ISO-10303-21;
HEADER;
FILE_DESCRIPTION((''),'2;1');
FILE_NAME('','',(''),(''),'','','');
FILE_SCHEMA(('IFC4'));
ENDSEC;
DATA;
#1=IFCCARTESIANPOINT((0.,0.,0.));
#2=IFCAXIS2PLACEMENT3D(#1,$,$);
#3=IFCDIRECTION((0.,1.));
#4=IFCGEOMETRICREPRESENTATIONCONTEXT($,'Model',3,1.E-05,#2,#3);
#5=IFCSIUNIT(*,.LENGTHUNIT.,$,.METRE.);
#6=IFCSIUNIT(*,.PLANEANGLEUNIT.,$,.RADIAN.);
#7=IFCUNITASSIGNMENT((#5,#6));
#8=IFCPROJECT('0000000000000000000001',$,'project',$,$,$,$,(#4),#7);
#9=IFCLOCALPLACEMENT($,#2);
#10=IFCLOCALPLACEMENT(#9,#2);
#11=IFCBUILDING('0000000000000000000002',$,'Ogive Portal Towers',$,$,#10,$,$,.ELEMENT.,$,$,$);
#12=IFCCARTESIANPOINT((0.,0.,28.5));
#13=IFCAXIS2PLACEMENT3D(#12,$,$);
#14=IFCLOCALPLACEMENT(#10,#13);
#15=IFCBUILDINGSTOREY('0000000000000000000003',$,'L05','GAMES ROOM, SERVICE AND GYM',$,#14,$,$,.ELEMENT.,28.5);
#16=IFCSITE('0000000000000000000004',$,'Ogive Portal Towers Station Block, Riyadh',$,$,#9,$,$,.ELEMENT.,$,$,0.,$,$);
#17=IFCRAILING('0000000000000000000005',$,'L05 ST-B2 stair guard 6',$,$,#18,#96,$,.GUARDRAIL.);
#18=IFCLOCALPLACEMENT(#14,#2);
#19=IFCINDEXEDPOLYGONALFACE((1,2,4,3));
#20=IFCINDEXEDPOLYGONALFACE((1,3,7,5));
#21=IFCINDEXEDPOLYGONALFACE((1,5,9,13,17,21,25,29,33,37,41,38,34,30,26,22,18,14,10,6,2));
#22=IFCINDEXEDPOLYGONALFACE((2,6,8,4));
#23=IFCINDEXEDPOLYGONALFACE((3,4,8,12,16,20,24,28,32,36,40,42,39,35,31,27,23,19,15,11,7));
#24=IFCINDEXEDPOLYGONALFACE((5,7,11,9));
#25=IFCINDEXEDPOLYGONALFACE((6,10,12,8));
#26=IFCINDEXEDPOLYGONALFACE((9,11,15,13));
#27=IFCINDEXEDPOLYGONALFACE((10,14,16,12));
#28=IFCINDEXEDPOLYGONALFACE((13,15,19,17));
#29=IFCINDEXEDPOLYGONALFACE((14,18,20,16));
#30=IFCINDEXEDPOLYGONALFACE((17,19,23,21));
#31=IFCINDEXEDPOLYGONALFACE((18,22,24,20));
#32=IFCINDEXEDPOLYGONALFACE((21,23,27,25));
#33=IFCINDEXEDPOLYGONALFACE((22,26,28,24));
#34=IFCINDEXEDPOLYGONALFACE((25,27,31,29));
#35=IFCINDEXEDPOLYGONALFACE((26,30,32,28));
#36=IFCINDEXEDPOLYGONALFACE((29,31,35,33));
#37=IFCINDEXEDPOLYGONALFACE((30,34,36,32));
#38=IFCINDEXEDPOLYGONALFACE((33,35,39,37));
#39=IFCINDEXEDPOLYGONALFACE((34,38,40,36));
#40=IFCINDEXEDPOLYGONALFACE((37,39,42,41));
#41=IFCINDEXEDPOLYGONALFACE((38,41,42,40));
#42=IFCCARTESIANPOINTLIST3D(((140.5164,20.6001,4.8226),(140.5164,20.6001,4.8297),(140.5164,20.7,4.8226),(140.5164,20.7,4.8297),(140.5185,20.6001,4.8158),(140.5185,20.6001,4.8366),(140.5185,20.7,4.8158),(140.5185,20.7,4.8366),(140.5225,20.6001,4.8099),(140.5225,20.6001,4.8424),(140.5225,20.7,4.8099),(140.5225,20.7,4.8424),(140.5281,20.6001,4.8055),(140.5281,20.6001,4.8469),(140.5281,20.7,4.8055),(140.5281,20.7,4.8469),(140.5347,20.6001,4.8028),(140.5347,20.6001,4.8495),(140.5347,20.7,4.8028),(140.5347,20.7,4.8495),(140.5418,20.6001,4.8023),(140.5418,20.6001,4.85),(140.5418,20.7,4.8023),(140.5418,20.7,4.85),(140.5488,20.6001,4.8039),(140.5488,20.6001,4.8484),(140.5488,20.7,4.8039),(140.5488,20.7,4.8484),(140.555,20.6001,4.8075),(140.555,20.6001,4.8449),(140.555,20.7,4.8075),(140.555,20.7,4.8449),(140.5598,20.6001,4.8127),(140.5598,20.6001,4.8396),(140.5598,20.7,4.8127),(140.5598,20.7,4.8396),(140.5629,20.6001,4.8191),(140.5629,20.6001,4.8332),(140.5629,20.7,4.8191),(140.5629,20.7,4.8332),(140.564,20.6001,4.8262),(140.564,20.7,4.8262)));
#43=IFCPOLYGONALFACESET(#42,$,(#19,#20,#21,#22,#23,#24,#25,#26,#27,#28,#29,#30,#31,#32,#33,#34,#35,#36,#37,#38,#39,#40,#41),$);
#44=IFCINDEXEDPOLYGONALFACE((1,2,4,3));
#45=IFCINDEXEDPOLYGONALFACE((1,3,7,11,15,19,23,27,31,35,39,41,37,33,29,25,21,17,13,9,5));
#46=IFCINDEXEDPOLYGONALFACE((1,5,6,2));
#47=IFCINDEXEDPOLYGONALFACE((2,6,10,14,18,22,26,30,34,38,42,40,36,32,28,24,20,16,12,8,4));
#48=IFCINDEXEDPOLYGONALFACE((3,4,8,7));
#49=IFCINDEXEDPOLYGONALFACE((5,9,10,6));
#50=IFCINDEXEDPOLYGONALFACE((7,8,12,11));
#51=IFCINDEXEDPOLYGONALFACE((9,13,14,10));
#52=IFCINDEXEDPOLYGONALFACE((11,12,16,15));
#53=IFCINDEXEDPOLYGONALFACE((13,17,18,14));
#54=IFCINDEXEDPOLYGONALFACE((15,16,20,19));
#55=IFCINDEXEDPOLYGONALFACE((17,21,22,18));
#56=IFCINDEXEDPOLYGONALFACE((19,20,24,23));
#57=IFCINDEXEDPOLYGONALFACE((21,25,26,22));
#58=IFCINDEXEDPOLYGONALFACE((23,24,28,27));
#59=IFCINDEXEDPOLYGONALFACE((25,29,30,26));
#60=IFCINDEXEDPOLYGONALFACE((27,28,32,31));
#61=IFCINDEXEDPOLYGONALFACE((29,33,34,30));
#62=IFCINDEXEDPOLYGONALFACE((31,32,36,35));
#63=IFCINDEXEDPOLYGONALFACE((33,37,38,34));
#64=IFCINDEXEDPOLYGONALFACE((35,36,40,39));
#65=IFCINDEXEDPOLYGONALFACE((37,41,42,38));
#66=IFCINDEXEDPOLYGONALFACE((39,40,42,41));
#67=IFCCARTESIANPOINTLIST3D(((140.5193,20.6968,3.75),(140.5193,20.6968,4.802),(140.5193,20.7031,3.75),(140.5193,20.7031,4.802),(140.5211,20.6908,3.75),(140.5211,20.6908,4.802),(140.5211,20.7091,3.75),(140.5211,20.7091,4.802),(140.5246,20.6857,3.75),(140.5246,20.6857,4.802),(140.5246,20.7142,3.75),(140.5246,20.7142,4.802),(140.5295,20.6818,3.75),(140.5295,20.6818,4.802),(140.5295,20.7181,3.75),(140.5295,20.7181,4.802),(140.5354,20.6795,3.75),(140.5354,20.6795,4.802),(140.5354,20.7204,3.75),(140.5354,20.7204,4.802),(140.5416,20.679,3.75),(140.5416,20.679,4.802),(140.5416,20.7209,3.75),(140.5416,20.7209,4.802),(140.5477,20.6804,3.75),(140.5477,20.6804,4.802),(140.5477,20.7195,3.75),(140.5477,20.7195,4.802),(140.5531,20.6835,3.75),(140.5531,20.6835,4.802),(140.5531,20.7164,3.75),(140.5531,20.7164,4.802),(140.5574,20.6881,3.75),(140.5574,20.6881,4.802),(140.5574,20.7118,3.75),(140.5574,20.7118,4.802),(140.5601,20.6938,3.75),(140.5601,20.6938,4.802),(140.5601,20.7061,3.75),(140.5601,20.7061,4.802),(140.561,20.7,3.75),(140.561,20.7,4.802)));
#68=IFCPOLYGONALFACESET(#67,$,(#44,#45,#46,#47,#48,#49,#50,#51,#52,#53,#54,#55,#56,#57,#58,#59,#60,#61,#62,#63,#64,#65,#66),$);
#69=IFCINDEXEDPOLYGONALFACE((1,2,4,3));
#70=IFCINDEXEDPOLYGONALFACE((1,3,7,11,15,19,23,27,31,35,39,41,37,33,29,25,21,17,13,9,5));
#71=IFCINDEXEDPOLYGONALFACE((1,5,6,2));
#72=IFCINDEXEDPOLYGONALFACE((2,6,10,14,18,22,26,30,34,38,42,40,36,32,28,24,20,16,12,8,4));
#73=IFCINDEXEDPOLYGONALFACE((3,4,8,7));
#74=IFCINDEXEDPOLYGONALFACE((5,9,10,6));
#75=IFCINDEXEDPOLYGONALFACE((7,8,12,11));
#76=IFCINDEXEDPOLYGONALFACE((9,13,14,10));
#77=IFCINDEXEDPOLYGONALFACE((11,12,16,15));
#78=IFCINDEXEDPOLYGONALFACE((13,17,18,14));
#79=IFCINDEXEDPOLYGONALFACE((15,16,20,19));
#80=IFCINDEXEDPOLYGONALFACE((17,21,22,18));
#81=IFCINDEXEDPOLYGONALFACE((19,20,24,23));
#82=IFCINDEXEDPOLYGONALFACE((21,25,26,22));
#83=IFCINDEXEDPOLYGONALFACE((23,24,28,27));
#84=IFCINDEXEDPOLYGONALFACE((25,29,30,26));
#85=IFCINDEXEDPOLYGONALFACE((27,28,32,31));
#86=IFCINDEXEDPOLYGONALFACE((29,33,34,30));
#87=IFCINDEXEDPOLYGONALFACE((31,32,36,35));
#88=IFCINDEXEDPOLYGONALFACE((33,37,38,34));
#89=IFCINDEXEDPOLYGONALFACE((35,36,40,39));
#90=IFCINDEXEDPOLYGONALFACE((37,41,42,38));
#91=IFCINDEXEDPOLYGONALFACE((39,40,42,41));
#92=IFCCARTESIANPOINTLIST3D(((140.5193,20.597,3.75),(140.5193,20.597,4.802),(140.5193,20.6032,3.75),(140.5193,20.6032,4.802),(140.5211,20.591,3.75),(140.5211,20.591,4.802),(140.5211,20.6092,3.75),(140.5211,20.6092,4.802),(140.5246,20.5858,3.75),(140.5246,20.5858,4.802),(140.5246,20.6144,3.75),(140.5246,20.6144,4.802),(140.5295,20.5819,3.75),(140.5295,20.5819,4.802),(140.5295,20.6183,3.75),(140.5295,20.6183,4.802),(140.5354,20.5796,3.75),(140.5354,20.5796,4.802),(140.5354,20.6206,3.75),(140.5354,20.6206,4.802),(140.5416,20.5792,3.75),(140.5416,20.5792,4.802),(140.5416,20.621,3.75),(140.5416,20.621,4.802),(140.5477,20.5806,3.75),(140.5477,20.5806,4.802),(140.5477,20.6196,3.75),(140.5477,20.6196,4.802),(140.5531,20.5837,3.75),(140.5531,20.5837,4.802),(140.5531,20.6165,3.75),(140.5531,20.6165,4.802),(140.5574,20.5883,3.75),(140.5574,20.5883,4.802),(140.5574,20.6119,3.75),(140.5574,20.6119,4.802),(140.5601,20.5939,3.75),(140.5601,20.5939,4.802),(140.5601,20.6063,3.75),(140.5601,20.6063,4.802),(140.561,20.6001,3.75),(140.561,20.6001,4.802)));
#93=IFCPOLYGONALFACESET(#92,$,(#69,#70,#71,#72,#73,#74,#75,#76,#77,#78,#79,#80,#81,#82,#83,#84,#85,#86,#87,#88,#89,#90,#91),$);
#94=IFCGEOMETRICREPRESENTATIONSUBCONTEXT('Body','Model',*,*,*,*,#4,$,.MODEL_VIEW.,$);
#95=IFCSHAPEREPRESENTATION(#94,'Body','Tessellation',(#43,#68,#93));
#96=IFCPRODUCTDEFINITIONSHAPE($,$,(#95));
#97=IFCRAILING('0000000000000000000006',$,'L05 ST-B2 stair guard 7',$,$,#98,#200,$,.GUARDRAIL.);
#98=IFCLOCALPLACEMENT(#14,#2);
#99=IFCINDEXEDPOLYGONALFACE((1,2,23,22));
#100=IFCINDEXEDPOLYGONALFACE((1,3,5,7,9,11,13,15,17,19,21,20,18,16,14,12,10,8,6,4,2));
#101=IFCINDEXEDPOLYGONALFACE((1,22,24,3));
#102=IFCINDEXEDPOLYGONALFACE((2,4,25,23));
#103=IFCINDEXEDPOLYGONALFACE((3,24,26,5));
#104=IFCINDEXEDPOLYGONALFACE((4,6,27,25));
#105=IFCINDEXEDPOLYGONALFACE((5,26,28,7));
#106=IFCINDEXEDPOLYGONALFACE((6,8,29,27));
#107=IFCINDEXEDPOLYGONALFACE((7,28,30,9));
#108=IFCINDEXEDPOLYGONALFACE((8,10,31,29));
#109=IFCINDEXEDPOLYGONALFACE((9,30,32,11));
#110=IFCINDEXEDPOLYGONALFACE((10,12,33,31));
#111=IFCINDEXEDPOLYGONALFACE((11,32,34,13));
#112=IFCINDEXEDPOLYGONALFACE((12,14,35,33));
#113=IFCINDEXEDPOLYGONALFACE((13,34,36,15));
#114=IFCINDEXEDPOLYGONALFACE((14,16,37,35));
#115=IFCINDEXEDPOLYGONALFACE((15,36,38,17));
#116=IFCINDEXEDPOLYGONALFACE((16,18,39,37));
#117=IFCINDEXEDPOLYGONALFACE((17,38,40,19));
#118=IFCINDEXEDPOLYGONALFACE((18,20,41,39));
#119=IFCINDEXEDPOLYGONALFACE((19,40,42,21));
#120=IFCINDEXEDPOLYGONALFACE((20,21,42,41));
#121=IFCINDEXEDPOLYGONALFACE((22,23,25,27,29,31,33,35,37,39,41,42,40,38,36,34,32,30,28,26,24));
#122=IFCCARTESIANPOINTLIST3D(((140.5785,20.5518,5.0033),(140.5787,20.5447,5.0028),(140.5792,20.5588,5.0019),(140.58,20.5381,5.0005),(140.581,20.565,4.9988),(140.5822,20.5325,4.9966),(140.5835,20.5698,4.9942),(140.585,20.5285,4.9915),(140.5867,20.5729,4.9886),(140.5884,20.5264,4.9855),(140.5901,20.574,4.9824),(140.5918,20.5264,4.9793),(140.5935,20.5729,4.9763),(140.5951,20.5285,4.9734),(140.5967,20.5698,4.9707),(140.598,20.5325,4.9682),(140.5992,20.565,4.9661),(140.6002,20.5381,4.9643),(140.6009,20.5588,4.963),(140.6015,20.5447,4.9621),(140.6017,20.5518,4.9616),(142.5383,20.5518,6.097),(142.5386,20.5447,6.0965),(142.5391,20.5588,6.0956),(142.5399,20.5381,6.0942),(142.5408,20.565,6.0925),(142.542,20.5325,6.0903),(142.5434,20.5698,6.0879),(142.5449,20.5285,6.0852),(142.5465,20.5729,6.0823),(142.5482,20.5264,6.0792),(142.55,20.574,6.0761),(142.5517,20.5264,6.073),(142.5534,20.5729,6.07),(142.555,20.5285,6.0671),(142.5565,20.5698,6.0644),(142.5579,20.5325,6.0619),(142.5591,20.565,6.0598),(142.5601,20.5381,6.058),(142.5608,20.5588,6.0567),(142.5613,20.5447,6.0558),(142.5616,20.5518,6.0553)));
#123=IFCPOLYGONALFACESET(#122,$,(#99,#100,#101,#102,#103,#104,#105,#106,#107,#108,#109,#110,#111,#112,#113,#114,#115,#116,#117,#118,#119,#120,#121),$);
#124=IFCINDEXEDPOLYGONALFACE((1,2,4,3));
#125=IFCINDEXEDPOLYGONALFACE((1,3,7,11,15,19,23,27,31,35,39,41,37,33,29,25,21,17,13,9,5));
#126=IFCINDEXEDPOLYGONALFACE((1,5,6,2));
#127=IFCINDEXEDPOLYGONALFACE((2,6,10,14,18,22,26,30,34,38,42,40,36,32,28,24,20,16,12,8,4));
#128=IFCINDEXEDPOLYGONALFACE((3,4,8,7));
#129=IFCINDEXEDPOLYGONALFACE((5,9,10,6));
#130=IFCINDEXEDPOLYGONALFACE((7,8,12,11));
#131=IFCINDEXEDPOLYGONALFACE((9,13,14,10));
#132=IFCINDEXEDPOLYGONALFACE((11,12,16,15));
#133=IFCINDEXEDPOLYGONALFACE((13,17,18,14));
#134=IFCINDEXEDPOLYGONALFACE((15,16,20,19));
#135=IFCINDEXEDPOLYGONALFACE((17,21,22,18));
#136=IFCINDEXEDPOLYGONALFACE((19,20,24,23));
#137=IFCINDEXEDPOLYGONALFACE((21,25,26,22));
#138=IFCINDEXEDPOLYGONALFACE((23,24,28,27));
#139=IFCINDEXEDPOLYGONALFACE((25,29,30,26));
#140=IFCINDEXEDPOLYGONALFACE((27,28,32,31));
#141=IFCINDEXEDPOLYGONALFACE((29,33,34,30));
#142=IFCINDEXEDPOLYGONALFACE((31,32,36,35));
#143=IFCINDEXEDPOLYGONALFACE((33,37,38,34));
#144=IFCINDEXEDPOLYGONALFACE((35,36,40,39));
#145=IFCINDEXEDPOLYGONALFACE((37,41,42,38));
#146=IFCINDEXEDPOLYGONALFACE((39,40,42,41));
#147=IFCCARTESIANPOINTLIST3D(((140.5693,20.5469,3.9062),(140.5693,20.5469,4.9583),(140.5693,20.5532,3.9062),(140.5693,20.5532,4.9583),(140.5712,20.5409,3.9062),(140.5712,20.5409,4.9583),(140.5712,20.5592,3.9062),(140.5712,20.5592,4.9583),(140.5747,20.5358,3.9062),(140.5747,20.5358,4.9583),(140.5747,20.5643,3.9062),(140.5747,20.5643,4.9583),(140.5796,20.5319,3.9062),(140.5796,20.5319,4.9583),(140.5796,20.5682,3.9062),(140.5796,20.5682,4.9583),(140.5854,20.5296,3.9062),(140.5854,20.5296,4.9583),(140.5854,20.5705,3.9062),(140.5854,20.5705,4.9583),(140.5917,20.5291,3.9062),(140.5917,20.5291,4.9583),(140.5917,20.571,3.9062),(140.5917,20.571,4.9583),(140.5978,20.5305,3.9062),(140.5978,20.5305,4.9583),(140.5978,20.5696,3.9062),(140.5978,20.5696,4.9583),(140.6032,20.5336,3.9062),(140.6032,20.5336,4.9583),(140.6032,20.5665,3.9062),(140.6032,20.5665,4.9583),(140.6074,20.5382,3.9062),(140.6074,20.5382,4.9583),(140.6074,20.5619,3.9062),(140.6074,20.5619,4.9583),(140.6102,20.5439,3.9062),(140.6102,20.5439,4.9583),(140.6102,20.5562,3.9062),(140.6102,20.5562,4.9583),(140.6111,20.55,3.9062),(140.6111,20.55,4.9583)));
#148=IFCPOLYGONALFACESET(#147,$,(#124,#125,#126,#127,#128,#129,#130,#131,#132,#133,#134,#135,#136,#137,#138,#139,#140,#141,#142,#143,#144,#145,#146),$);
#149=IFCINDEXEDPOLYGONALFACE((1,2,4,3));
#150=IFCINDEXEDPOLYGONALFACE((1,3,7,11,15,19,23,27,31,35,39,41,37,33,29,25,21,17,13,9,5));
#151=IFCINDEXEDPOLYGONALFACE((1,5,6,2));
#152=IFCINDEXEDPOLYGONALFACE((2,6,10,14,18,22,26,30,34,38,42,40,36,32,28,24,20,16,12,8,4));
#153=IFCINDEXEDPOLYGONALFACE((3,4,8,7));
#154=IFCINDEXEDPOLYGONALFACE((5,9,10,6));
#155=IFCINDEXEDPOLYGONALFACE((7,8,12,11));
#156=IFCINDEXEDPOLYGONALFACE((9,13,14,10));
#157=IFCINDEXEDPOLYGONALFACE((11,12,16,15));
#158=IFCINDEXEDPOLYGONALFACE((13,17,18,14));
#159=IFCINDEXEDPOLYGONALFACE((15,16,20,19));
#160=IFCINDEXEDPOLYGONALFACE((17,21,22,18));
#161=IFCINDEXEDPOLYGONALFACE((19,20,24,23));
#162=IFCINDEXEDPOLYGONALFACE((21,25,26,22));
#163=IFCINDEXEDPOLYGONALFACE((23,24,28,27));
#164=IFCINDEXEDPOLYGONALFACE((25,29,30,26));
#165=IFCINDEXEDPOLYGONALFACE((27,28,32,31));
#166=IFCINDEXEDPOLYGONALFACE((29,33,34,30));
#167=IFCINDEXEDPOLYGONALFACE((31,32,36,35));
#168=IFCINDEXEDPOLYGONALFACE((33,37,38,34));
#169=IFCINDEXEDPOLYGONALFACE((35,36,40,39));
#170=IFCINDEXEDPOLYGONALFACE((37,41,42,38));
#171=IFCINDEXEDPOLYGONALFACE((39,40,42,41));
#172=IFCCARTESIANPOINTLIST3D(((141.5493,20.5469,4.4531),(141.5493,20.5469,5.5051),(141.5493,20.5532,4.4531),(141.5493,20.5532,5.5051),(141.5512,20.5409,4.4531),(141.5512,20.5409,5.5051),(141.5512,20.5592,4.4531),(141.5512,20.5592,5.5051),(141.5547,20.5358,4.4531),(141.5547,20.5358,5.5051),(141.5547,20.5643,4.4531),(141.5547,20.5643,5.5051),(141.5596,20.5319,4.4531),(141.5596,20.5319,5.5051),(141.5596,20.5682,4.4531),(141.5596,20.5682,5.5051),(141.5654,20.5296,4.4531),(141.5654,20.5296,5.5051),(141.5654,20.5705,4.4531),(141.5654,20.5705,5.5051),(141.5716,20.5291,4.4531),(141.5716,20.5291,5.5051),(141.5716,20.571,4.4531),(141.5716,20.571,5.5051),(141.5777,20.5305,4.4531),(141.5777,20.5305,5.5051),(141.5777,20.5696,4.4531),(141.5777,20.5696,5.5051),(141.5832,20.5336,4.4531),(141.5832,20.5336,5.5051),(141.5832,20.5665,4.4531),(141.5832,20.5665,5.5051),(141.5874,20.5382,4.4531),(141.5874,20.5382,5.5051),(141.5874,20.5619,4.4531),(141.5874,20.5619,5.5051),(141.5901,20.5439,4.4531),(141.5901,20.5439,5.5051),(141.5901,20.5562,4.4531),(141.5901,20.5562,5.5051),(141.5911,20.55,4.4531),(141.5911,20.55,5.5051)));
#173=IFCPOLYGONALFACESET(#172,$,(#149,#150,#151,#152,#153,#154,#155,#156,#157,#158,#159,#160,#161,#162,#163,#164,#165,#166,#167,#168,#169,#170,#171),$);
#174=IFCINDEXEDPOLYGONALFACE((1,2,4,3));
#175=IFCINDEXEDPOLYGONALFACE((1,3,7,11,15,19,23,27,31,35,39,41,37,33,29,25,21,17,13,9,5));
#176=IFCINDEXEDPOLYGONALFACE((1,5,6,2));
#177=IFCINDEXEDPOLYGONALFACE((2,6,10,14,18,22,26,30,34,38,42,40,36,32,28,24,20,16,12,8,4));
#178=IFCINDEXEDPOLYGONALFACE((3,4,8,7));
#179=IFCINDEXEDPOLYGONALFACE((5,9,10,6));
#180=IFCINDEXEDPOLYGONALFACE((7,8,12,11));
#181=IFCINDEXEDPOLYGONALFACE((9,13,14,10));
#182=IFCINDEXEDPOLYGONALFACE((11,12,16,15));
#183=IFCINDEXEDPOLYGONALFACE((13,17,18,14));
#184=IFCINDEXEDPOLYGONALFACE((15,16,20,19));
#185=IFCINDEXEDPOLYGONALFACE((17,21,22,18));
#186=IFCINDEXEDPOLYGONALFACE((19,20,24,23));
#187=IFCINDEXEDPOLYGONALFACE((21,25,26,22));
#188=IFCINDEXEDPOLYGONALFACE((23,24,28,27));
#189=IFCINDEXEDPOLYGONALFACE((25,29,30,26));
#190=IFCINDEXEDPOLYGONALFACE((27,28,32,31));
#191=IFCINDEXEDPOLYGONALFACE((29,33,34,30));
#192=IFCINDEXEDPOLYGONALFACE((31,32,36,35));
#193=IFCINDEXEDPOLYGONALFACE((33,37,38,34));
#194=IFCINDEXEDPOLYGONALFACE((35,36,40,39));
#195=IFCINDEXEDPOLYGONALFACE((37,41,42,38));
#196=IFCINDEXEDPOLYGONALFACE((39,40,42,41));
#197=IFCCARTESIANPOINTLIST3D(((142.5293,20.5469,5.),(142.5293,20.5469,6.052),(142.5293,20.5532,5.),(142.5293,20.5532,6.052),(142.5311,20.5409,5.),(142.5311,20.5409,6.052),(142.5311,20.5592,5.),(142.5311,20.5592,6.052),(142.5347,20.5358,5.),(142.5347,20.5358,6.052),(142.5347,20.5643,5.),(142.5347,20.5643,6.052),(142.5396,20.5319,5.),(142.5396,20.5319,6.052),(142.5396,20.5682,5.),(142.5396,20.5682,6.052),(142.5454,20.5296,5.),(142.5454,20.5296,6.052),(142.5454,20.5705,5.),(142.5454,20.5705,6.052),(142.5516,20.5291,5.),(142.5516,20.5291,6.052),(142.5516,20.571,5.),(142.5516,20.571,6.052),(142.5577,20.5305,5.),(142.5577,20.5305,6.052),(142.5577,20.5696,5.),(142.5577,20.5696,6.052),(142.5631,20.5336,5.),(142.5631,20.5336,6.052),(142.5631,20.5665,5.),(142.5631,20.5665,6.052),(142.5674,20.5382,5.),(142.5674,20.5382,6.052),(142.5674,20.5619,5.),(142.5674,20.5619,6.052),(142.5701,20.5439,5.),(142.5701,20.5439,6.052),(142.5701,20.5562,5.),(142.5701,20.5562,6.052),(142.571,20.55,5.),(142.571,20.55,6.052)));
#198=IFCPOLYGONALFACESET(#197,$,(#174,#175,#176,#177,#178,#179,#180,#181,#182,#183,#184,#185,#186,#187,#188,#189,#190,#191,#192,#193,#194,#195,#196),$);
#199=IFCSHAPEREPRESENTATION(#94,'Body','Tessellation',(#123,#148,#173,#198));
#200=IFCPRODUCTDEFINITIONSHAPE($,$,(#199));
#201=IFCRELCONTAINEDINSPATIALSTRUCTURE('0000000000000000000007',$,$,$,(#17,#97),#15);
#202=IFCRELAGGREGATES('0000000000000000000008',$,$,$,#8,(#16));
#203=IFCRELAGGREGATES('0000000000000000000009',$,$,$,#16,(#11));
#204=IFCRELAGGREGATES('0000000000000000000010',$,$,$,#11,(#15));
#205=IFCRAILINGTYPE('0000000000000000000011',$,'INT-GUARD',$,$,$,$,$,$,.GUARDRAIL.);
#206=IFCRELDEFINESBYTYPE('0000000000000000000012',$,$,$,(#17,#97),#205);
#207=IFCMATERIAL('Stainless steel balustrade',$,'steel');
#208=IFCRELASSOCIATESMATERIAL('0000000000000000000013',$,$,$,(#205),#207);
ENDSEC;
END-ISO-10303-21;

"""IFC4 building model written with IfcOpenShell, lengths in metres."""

from ifc_helpers import new_model, si_unit, direction, frame, origin, origin_2d, place, context, subcontext, project, spatial, circle, extrude, material, type_object, element, save


model = new_model("IFC4")

# Units and contexts
model_context = context("Model", 3, precision=1e-05, world=origin(), true_north=direction((0.0, 1.0)))
body_context = subcontext(model_context, "Body", "Model", "MODEL_VIEW")
ifc_project = project(units=[si_unit("LENGTHUNIT", "METRE"), si_unit("PLANEANGLEUNIT", "RADIAN")], contexts=[model_context])

# Site, building, storey
site_placement = place(None, origin())
site = spatial("IfcSite", under=ifc_project, at=site_placement, Name="Ogive Portal Towers Station Block, Riyadh", CompositionType="ELEMENT", RefElevation=0.0)
building_placement = place(site_placement, origin())
building = spatial("IfcBuilding", under=site, at=building_placement, Name="Ogive Portal Towers", CompositionType="ELEMENT")
storey_placement = place(building_placement, frame((0.0, 0.0, 28.5)))
storey = spatial("IfcBuildingStorey", under=building, at=storey_placement, Name="L05", Description="GAMES ROOM, SERVICE AND GYM", CompositionType="ELEMENT", Elevation=28.5)

# Railings
ifc_material_1 = material(Name="Stainless steel balustrade", Category="steel")
railing_type_1 = type_object("IfcRailingType", Name="INT-GUARD", PredefinedType="GUARDRAIL", material=ifc_material_1)
railing_1_placement = place(storey_placement, frame((140.54, 20.7, 3.75)))
element("IfcRailing", 1, at=railing_1_placement, inside=storey, type_object=railing_type_1, Name="L05 ST-B2 stair guard 6", PredefinedType="GUARDRAIL", context=body_context, shape_type="SweptSolid", body=[
    extrude(circle(Radius=0.0239, at=origin_2d()), frame((0.0, 0.0, 1.0762), z_axis=(0.0, -1.0, 0.0), x_axis=(1.0, 0.0, 0.0)), (0.0, 0.0, 1.0), 0.0999),
    extrude(circle(Radius=0.021, at=origin_2d()), origin(), (0.0, 0.0, 1.0), 1.052),
    extrude(circle(Radius=0.021, at=origin_2d()), frame((0.0, -0.0999, 0.0)), (0.0, 0.0, 1.0), 1.052),
])
railing_2_placement = place(storey_placement, frame((140.5901, 20.55, 3.9062)))
element("IfcRailing", 2, at=railing_2_placement, inside=storey, type_object=railing_type_1, Name="L05 ST-B2 stair guard 7", PredefinedType="GUARDRAIL", context=body_context, shape_type="SweptSolid", body=[
    extrude(circle(Radius=0.0239, at=origin_2d()), frame((0.0, 0.0, 1.0762), z_axis=(0.873232, 0.0, 0.487304), x_axis=(0.0, 1.0, 0.0)), (0.0, 0.0, 1.0), 2.2444),
    extrude(circle(Radius=0.021, at=origin_2d()), origin(), (0.0, 0.0, 1.0), 1.052),
    extrude(circle(Radius=0.021, at=origin_2d()), frame((0.98, 0.0, 0.5469)), (0.0, 0.0, 1.0), 1.052),
    extrude(circle(Radius=0.021, at=origin_2d()), frame((1.96, 0.0, 1.0938)), (0.0, 0.0, 1.0), 1.052),
])

save(model, "model.ifc")
